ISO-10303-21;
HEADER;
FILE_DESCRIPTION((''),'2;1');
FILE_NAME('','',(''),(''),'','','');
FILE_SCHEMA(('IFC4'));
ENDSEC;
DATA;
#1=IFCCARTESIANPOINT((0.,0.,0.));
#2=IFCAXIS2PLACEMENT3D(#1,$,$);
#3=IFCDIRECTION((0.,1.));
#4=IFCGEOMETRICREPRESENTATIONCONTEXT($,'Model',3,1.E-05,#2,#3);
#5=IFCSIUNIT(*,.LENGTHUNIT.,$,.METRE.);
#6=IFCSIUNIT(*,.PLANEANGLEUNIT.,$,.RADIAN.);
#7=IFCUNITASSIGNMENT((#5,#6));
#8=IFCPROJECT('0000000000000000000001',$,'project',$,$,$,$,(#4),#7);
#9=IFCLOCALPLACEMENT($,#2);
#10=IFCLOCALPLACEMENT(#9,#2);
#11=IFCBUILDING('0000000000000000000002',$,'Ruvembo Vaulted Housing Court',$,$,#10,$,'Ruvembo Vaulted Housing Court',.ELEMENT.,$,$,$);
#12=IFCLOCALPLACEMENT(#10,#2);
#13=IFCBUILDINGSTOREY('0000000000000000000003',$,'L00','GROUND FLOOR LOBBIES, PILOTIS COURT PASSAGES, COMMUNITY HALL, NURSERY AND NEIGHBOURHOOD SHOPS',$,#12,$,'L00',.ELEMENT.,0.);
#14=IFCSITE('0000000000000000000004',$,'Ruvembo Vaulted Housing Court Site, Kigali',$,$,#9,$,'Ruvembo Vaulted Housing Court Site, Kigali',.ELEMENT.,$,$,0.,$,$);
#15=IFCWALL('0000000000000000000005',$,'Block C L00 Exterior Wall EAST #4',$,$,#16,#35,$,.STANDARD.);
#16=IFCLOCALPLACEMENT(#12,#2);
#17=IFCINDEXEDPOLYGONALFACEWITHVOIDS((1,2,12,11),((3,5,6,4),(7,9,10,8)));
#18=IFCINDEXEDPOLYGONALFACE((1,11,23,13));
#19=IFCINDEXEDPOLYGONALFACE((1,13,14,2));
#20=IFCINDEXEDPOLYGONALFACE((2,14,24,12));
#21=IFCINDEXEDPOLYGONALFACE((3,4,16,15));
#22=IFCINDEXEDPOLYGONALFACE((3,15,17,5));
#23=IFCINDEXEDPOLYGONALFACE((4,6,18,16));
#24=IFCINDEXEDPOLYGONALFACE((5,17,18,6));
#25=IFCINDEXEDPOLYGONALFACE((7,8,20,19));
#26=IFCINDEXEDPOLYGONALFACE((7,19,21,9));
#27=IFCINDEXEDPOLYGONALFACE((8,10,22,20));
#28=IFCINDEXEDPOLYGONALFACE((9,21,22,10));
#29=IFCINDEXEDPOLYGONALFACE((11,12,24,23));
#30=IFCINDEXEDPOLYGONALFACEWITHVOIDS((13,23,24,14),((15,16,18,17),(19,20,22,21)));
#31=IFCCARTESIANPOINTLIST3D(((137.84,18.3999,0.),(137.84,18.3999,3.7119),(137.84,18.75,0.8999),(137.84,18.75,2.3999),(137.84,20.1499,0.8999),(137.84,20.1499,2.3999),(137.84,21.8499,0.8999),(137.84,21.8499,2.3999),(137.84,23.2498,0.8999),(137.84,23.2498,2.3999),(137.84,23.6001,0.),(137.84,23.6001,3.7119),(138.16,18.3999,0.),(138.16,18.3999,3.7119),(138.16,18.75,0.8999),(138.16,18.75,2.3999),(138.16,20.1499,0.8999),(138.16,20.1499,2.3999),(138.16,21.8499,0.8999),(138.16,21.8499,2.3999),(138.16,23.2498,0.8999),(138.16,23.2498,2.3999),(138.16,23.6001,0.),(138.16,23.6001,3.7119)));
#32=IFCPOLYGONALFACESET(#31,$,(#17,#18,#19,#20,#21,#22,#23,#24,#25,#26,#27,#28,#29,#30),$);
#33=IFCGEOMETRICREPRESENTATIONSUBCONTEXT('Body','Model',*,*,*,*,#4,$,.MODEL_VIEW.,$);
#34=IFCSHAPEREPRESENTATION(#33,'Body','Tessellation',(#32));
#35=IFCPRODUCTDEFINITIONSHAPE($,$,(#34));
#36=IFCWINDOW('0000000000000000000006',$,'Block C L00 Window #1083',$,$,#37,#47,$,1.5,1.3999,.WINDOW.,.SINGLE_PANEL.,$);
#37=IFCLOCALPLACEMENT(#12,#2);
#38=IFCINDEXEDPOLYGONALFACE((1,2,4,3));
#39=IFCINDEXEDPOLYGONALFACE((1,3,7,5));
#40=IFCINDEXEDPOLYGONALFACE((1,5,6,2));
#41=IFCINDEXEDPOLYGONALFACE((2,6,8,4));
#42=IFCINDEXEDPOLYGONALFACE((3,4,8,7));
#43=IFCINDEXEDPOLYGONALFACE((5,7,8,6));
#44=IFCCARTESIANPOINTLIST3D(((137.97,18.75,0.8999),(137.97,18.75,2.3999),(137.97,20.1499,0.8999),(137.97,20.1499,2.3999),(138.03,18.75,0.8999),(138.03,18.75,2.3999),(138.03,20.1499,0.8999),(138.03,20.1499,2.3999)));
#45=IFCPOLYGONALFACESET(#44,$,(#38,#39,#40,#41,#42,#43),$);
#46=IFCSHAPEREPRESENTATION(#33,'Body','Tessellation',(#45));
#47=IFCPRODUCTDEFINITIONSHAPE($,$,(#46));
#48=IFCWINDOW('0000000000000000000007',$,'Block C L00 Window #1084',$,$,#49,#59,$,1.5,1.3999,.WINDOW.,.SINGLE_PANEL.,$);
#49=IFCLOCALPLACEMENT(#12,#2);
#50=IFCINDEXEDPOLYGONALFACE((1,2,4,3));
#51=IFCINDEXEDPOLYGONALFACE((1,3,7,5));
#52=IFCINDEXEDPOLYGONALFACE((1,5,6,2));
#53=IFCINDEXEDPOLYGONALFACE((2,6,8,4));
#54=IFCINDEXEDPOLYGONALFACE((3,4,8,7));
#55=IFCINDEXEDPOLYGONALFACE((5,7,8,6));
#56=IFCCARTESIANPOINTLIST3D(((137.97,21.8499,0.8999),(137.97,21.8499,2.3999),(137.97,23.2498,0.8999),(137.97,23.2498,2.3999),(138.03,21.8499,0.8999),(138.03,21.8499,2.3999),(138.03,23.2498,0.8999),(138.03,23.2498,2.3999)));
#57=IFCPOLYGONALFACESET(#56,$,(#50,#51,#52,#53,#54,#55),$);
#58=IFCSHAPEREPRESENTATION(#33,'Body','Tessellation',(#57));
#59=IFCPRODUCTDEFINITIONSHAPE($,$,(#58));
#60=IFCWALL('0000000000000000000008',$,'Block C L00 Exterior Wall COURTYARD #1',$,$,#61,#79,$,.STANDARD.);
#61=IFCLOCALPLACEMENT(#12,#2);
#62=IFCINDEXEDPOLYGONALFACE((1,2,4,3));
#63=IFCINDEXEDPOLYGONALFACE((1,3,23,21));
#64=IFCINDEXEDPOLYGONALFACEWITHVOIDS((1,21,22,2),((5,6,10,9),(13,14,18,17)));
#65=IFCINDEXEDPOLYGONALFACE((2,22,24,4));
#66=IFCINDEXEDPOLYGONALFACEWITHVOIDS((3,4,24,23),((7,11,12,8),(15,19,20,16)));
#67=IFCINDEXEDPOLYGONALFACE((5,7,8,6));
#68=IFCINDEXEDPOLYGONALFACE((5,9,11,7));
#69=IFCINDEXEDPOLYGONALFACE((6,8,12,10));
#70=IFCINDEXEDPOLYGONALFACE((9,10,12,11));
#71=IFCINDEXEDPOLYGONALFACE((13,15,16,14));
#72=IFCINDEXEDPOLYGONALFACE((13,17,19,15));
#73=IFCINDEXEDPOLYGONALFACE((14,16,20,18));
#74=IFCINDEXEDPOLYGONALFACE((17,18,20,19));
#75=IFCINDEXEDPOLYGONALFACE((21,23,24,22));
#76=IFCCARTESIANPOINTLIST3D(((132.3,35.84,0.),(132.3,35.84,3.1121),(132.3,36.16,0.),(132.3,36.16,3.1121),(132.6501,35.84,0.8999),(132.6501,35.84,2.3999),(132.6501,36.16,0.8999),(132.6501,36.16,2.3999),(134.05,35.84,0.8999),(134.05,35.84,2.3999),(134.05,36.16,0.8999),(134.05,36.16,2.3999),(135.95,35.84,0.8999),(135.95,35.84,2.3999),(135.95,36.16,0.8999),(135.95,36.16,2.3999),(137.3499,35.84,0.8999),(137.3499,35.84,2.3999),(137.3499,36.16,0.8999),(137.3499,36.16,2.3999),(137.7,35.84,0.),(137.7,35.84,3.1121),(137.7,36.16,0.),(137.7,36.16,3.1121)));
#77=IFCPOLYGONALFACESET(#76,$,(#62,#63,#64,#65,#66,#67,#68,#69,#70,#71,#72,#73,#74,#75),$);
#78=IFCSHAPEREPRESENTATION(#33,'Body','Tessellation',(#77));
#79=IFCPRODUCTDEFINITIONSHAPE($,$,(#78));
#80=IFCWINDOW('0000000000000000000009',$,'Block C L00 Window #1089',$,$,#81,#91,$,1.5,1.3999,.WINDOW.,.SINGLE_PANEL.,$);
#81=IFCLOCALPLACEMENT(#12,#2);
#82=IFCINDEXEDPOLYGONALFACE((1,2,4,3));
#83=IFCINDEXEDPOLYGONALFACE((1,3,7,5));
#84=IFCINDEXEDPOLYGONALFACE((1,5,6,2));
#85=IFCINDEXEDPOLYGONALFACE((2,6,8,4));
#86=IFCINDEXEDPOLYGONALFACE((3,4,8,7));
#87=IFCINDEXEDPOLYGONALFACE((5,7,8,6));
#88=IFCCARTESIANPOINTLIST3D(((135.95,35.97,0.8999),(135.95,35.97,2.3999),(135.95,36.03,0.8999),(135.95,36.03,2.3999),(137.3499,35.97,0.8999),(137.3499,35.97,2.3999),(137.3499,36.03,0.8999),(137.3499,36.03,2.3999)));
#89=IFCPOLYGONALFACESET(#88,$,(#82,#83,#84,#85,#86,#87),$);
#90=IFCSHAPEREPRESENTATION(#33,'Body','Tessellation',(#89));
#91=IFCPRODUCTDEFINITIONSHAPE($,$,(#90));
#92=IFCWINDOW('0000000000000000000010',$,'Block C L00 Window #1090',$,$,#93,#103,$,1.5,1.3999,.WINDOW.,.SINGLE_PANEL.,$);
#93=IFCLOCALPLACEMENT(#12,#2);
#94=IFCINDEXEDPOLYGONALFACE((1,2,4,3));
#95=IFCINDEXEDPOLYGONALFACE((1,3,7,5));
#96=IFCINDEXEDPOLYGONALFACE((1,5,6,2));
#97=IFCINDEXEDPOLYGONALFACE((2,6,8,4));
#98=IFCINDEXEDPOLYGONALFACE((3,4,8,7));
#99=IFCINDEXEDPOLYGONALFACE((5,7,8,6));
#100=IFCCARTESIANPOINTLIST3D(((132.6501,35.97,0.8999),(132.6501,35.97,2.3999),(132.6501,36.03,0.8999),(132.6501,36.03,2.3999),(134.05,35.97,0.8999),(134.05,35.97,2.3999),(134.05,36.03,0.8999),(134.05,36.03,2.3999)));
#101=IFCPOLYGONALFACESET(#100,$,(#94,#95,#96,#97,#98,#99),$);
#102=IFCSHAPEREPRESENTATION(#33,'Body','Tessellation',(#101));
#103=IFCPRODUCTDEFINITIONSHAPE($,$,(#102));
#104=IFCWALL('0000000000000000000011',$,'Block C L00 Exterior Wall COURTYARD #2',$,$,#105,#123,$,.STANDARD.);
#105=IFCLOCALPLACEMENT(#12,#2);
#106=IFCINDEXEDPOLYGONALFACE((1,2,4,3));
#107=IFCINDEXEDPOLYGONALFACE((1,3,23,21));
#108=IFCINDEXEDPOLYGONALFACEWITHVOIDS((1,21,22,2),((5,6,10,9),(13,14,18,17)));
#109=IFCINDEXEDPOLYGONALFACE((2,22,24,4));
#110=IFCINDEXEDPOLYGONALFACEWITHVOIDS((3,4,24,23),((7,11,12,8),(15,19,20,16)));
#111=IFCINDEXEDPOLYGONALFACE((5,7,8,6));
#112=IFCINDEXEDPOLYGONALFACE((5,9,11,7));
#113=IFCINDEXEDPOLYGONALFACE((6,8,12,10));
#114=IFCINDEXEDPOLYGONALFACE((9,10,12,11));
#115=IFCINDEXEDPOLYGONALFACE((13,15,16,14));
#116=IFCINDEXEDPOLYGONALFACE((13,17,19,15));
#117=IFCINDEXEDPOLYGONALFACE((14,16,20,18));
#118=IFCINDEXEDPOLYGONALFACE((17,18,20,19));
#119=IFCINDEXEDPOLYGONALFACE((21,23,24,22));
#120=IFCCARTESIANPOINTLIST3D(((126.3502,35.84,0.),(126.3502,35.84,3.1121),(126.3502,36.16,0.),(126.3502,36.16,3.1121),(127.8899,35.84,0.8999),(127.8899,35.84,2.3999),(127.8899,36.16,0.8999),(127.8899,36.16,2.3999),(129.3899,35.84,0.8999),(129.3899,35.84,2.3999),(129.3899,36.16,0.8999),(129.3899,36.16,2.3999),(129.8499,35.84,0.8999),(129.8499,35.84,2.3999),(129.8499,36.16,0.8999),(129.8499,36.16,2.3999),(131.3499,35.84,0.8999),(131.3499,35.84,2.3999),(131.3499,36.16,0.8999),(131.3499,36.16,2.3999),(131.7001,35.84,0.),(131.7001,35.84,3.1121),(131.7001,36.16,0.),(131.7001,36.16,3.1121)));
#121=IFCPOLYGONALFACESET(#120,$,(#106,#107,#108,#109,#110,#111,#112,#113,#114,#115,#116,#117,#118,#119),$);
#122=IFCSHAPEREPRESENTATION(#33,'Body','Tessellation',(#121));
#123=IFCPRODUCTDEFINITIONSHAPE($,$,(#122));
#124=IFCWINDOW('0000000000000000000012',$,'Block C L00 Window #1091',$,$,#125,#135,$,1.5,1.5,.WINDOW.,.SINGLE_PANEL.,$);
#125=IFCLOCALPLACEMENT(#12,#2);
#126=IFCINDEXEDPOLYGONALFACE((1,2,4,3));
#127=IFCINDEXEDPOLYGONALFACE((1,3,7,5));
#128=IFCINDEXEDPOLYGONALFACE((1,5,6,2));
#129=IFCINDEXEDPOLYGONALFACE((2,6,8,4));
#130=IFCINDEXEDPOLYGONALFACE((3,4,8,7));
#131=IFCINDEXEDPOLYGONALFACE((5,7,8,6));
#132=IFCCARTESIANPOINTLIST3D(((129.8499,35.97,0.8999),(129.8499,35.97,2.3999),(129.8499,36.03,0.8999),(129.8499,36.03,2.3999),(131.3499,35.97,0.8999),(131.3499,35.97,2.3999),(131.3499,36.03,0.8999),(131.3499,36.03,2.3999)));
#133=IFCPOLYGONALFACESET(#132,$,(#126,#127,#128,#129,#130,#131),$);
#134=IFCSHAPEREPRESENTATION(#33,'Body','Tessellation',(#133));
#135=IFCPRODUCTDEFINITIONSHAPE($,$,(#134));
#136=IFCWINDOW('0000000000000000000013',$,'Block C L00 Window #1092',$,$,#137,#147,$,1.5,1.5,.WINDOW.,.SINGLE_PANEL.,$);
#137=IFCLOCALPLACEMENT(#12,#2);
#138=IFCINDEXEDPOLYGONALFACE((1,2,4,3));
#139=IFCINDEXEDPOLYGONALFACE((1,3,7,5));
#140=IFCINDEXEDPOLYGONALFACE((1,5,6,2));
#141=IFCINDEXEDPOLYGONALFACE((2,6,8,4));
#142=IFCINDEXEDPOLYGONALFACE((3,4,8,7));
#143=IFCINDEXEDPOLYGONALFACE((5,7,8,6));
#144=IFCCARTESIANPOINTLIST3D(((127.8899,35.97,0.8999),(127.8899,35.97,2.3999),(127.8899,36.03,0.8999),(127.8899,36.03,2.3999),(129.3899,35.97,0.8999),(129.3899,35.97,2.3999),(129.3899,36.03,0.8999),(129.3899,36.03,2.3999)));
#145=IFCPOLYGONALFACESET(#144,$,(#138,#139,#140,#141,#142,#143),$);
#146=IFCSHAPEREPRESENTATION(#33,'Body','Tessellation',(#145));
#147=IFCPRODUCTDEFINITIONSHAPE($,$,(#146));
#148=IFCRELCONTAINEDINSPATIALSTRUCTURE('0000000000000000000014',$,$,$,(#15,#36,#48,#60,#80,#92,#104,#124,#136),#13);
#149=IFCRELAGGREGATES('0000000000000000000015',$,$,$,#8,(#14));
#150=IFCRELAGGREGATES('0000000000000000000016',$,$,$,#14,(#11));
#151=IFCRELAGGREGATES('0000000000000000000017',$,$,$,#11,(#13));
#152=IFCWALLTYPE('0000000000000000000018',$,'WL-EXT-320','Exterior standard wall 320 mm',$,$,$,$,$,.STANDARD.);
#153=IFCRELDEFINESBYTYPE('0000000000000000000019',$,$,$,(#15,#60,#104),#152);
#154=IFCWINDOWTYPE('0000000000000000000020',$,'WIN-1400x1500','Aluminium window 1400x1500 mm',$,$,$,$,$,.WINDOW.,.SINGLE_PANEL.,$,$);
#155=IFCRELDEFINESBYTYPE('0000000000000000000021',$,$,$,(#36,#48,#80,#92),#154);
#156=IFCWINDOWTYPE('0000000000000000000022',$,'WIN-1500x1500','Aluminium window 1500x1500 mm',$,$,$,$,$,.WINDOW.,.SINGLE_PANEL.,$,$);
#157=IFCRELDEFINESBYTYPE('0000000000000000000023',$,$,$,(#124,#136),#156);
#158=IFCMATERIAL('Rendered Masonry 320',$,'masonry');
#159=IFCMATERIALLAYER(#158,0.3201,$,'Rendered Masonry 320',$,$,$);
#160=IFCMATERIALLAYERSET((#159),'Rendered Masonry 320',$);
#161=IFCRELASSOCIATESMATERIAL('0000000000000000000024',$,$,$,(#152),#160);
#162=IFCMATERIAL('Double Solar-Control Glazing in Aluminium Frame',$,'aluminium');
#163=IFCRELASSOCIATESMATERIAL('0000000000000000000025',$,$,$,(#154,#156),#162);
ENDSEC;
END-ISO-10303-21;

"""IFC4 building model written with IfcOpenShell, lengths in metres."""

from ifc_helpers import new_model, si_unit, direction, frame, frame_2d, origin, place, context, subcontext, project, spatial, rectangle, extrude, material, layer, layer_set, type_object, element, fill, save


model = new_model("IFC4")

# Units and contexts
model_context = context("Model", 3, precision=1e-05, world=origin(), true_north=direction((0.0, 1.0)))
body_context = subcontext(model_context, "Body", "Model", "MODEL_VIEW")
ifc_project = project(units=[si_unit("LENGTHUNIT", "METRE"), si_unit("PLANEANGLEUNIT", "RADIAN")], contexts=[model_context])

# Site, building, storey
site_placement = place(None, origin())
site = spatial("IfcSite", under=ifc_project, at=site_placement, Name="Ruvembo Vaulted Housing Court Site, Kigali", LongName="Ruvembo Vaulted Housing Court Site, Kigali", CompositionType="ELEMENT", RefElevation=0.0)
building_placement = place(site_placement, origin())
building = spatial("IfcBuilding", under=site, at=building_placement, Name="Ruvembo Vaulted Housing Court", LongName="Ruvembo Vaulted Housing Court", CompositionType="ELEMENT")
storey_placement = place(building_placement, origin())
storey = spatial("IfcBuildingStorey", under=building, at=storey_placement, Name="L00", Description="GROUND FLOOR LOBBIES, PILOTIS COURT PASSAGES, COMMUNITY HALL, NURSERY AND NEIGHBOURHOOD SHOPS", LongName="L00", CompositionType="ELEMENT", Elevation=0.0)

# Walls, openings, windows
ifc_material_1 = material(Name="Rendered Masonry 320", Category="masonry")
ifc_layer_1 = layer(ifc_material_1, 0.3201, Name="Rendered Masonry 320")
ifc_layer_set_1 = layer_set([ifc_layer_1], Name="Rendered Masonry 320")
wall_type_1 = type_object("IfcWallType", Name="WL-EXT-320", Description="Exterior standard wall 320 mm", PredefinedType="STANDARD", material=ifc_layer_set_1)
wall_1_placement = place(storey_placement, frame((138.0, 18.3999, 0.0), z_axis=(0.0, 0.0, 1.0), x_axis=(0.0, 1.0, 0.0)))
wall_1 = element("IfcWall", 1, at=wall_1_placement, inside=storey, type_object=wall_type_1, Name="Block C L00 Exterior Wall EAST #4", PredefinedType="STANDARD", context=body_context, shape_type="SweptSolid", body=[
    extrude(rectangle(XDim=5.2002, YDim=0.3201, at=frame_2d((2.6001, 0.0))), origin(), (0.0, 0.0, 1.0), 3.7119),
])
opening_1_placement = place(wall_1_placement, frame((0.3501, 0.0, 0.8999)))
opening_1 = element("IfcOpeningElement", 2, at=opening_1_placement, cuts=wall_1, PredefinedType="OPENING", context=body_context, shape_type="SweptSolid", body=[
    extrude(rectangle(XDim=1.3999, YDim=1.5, at=frame_2d((0.7, 0.75))), frame((0.0, 0.1699, 0.0), z_axis=(0.0, -1.0, 0.0), x_axis=(1.0, 0.0, 0.0)), (0.0, 0.0, 1.0), 0.3401),
])
opening_2_placement = place(wall_1_placement, frame((3.45, 0.0, 0.8999)))
opening_2 = element("IfcOpeningElement", 3, at=opening_2_placement, cuts=wall_1, PredefinedType="OPENING", context=body_context, shape_type="SweptSolid", body=[
    extrude(rectangle(XDim=1.3999, YDim=1.5, at=frame_2d((0.7, 0.75))), frame((0.0, 0.1699, 0.0), z_axis=(0.0, -1.0, 0.0), x_axis=(1.0, 0.0, 0.0)), (0.0, 0.0, 1.0), 0.3401),
])
ifc_material_2 = material(Name="Double Solar-Control Glazing in Aluminium Frame", Category="aluminium")
window_type_1 = type_object("IfcWindowType", Name="WIN-1400x1500", Description="Aluminium window 1400x1500 mm", PartitioningType="SINGLE_PANEL", PredefinedType="WINDOW", material=ifc_material_2)
window_1_placement = place(opening_1_placement, origin())
window_1 = element("IfcWindow", 4, at=window_1_placement, inside=storey, type_object=window_type_1, Name="Block C L00 Window #1083", OverallHeight=1.5, OverallWidth=1.3999, PartitioningType="SINGLE_PANEL", PredefinedType="WINDOW", context=body_context, shape_type="SweptSolid", body=[
    extrude(rectangle(XDim=1.3999, YDim=1.5, at=frame_2d((0.7, 0.75))), frame((0.0, 0.03, 0.0), z_axis=(0.0, -1.0, 0.0), x_axis=(1.0, 0.0, 0.0)), (0.0, 0.0, 1.0), 0.0601),
])
fill(opening_1, window_1)
window_2_placement = place(opening_2_placement, origin())
window_2 = element("IfcWindow", 5, at=window_2_placement, inside=storey, type_object=window_type_1, Name="Block C L00 Window #1084", OverallHeight=1.5, OverallWidth=1.3999, PartitioningType="SINGLE_PANEL", PredefinedType="WINDOW", context=body_context, shape_type="SweptSolid", body=[
    extrude(rectangle(XDim=1.3999, YDim=1.5, at=frame_2d((0.7, 0.75))), frame((0.0, 0.03, 0.0), z_axis=(0.0, -1.0, 0.0), x_axis=(1.0, 0.0, 0.0)), (0.0, 0.0, 1.0), 0.0601),
])
fill(opening_2, window_2)
wall_2_placement = place(storey_placement, frame((137.7, 36.0, 0.0), z_axis=(0.0, 0.0, 1.0), x_axis=(-1.0, 0.0, 0.0)))
wall_2 = element("IfcWall", 6, at=wall_2_placement, inside=storey, type_object=wall_type_1, Name="Block C L00 Exterior Wall COURTYARD #1", PredefinedType="STANDARD", context=body_context, shape_type="SweptSolid", body=[
    extrude(rectangle(XDim=5.3999, YDim=0.3201, at=frame_2d((2.7, 0.0))), origin(), (0.0, 0.0, 1.0), 3.1121),
])
opening_3_placement = place(wall_2_placement, frame((0.3501, 0.0, 0.8999)))
opening_3 = element("IfcOpeningElement", 7, at=opening_3_placement, cuts=wall_2, PredefinedType="OPENING", context=body_context, shape_type="SweptSolid", body=[
    extrude(rectangle(XDim=1.3999, YDim=1.5, at=frame_2d((0.7, 0.75))), frame((0.0, 0.1699, 0.0), z_axis=(0.0, -1.0, 0.0), x_axis=(1.0, 0.0, 0.0)), (0.0, 0.0, 1.0), 0.3401),
])
opening_4_placement = place(wall_2_placement, frame((3.6499, 0.0, 0.8999)))
opening_4 = element("IfcOpeningElement", 8, at=opening_4_placement, cuts=wall_2, PredefinedType="OPENING", context=body_context, shape_type="SweptSolid", body=[
    extrude(rectangle(XDim=1.3999, YDim=1.5, at=frame_2d((0.7, 0.75))), frame((0.0, 0.1699, 0.0), z_axis=(0.0, -1.0, 0.0), x_axis=(1.0, 0.0, 0.0)), (0.0, 0.0, 1.0), 0.3401),
])
window_3_placement = place(opening_3_placement, origin())
window_3 = element("IfcWindow", 9, at=window_3_placement, inside=storey, type_object=window_type_1, Name="Block C L00 Window #1089", OverallHeight=1.5, OverallWidth=1.3999, PartitioningType="SINGLE_PANEL", PredefinedType="WINDOW", context=body_context, shape_type="SweptSolid", body=[
    extrude(rectangle(XDim=1.3999, YDim=1.5, at=frame_2d((0.7, 0.75))), frame((0.0, 0.03, 0.0), z_axis=(0.0, -1.0, 0.0), x_axis=(1.0, 0.0, 0.0)), (0.0, 0.0, 1.0), 0.0601),
])
fill(opening_3, window_3)
window_4_placement = place(opening_4_placement, origin())
window_4 = element("IfcWindow", 10, at=window_4_placement, inside=storey, type_object=window_type_1, Name="Block C L00 Window #1090", OverallHeight=1.5, OverallWidth=1.3999, PartitioningType="SINGLE_PANEL", PredefinedType="WINDOW", context=body_context, shape_type="SweptSolid", body=[
    extrude(rectangle(XDim=1.3999, YDim=1.5, at=frame_2d((0.7, 0.75))), frame((0.0, 0.03, 0.0), z_axis=(0.0, -1.0, 0.0), x_axis=(1.0, 0.0, 0.0)), (0.0, 0.0, 1.0), 0.0601),
])
fill(opening_4, window_4)
wall_3_placement = place(storey_placement, frame((131.7, 36.0, 0.0), z_axis=(0.0, 0.0, 1.0), x_axis=(-1.0, 0.0, 0.0)))
wall_3 = element("IfcWall", 11, at=wall_3_placement, inside=storey, type_object=wall_type_1, Name="Block C L00 Exterior Wall COURTYARD #2", PredefinedType="STANDARD", context=body_context, shape_type="SweptSolid", body=[
    extrude(rectangle(XDim=5.3499, YDim=0.3201, at=frame_2d((2.6748, 0.0))), origin(), (0.0, 0.0, 1.0), 3.1121),
])
opening_5_placement = place(wall_3_placement, frame((0.3501, 0.0, 0.8999)))
opening_5 = element("IfcOpeningElement", 12, at=opening_5_placement, cuts=wall_3, PredefinedType="OPENING", context=body_context, shape_type="SweptSolid", body=[
    extrude(rectangle(XDim=1.5, YDim=1.5, at=frame_2d((0.75, 0.75))), frame((0.0, 0.1699, 0.0), z_axis=(0.0, -1.0, 0.0), x_axis=(1.0, 0.0, 0.0)), (0.0, 0.0, 1.0), 0.3401),
])
opening_6_placement = place(wall_3_placement, frame((2.3101, 0.0, 0.8999)))
opening_6 = element("IfcOpeningElement", 13, at=opening_6_placement, cuts=wall_3, PredefinedType="OPENING", context=body_context, shape_type="SweptSolid", body=[
    extrude(rectangle(XDim=1.5, YDim=1.5, at=frame_2d((0.75, 0.75))), frame((0.0, 0.1699, 0.0), z_axis=(0.0, -1.0, 0.0), x_axis=(1.0, 0.0, 0.0)), (0.0, 0.0, 1.0), 0.3401),
])
window_type_2 = type_object("IfcWindowType", Name="WIN-1500x1500", Description="Aluminium window 1500x1500 mm", PartitioningType="SINGLE_PANEL", PredefinedType="WINDOW", material=ifc_material_2)
window_5_placement = place(opening_5_placement, origin())
window_5 = element("IfcWindow", 14, at=window_5_placement, inside=storey, type_object=window_type_2, Name="Block C L00 Window #1091", OverallHeight=1.5, OverallWidth=1.5, PartitioningType="SINGLE_PANEL", PredefinedType="WINDOW", context=body_context, shape_type="SweptSolid", body=[
    extrude(rectangle(XDim=1.5, YDim=1.5, at=frame_2d((0.75, 0.75))), frame((0.0, 0.03, 0.0), z_axis=(0.0, -1.0, 0.0), x_axis=(1.0, 0.0, 0.0)), (0.0, 0.0, 1.0), 0.0601),
])
fill(opening_5, window_5)
window_6_placement = place(opening_6_placement, origin())
window_6 = element("IfcWindow", 15, at=window_6_placement, inside=storey, type_object=window_type_2, Name="Block C L00 Window #1092", OverallHeight=1.5, OverallWidth=1.5, PartitioningType="SINGLE_PANEL", PredefinedType="WINDOW", context=body_context, shape_type="SweptSolid", body=[
    extrude(rectangle(XDim=1.5, YDim=1.5, at=frame_2d((0.75, 0.75))), frame((0.0, 0.03, 0.0), z_axis=(0.0, -1.0, 0.0), x_axis=(1.0, 0.0, 0.0)), (0.0, 0.0, 1.0), 0.0601),
])
fill(opening_6, window_6)

save(model, "model.ifc")
